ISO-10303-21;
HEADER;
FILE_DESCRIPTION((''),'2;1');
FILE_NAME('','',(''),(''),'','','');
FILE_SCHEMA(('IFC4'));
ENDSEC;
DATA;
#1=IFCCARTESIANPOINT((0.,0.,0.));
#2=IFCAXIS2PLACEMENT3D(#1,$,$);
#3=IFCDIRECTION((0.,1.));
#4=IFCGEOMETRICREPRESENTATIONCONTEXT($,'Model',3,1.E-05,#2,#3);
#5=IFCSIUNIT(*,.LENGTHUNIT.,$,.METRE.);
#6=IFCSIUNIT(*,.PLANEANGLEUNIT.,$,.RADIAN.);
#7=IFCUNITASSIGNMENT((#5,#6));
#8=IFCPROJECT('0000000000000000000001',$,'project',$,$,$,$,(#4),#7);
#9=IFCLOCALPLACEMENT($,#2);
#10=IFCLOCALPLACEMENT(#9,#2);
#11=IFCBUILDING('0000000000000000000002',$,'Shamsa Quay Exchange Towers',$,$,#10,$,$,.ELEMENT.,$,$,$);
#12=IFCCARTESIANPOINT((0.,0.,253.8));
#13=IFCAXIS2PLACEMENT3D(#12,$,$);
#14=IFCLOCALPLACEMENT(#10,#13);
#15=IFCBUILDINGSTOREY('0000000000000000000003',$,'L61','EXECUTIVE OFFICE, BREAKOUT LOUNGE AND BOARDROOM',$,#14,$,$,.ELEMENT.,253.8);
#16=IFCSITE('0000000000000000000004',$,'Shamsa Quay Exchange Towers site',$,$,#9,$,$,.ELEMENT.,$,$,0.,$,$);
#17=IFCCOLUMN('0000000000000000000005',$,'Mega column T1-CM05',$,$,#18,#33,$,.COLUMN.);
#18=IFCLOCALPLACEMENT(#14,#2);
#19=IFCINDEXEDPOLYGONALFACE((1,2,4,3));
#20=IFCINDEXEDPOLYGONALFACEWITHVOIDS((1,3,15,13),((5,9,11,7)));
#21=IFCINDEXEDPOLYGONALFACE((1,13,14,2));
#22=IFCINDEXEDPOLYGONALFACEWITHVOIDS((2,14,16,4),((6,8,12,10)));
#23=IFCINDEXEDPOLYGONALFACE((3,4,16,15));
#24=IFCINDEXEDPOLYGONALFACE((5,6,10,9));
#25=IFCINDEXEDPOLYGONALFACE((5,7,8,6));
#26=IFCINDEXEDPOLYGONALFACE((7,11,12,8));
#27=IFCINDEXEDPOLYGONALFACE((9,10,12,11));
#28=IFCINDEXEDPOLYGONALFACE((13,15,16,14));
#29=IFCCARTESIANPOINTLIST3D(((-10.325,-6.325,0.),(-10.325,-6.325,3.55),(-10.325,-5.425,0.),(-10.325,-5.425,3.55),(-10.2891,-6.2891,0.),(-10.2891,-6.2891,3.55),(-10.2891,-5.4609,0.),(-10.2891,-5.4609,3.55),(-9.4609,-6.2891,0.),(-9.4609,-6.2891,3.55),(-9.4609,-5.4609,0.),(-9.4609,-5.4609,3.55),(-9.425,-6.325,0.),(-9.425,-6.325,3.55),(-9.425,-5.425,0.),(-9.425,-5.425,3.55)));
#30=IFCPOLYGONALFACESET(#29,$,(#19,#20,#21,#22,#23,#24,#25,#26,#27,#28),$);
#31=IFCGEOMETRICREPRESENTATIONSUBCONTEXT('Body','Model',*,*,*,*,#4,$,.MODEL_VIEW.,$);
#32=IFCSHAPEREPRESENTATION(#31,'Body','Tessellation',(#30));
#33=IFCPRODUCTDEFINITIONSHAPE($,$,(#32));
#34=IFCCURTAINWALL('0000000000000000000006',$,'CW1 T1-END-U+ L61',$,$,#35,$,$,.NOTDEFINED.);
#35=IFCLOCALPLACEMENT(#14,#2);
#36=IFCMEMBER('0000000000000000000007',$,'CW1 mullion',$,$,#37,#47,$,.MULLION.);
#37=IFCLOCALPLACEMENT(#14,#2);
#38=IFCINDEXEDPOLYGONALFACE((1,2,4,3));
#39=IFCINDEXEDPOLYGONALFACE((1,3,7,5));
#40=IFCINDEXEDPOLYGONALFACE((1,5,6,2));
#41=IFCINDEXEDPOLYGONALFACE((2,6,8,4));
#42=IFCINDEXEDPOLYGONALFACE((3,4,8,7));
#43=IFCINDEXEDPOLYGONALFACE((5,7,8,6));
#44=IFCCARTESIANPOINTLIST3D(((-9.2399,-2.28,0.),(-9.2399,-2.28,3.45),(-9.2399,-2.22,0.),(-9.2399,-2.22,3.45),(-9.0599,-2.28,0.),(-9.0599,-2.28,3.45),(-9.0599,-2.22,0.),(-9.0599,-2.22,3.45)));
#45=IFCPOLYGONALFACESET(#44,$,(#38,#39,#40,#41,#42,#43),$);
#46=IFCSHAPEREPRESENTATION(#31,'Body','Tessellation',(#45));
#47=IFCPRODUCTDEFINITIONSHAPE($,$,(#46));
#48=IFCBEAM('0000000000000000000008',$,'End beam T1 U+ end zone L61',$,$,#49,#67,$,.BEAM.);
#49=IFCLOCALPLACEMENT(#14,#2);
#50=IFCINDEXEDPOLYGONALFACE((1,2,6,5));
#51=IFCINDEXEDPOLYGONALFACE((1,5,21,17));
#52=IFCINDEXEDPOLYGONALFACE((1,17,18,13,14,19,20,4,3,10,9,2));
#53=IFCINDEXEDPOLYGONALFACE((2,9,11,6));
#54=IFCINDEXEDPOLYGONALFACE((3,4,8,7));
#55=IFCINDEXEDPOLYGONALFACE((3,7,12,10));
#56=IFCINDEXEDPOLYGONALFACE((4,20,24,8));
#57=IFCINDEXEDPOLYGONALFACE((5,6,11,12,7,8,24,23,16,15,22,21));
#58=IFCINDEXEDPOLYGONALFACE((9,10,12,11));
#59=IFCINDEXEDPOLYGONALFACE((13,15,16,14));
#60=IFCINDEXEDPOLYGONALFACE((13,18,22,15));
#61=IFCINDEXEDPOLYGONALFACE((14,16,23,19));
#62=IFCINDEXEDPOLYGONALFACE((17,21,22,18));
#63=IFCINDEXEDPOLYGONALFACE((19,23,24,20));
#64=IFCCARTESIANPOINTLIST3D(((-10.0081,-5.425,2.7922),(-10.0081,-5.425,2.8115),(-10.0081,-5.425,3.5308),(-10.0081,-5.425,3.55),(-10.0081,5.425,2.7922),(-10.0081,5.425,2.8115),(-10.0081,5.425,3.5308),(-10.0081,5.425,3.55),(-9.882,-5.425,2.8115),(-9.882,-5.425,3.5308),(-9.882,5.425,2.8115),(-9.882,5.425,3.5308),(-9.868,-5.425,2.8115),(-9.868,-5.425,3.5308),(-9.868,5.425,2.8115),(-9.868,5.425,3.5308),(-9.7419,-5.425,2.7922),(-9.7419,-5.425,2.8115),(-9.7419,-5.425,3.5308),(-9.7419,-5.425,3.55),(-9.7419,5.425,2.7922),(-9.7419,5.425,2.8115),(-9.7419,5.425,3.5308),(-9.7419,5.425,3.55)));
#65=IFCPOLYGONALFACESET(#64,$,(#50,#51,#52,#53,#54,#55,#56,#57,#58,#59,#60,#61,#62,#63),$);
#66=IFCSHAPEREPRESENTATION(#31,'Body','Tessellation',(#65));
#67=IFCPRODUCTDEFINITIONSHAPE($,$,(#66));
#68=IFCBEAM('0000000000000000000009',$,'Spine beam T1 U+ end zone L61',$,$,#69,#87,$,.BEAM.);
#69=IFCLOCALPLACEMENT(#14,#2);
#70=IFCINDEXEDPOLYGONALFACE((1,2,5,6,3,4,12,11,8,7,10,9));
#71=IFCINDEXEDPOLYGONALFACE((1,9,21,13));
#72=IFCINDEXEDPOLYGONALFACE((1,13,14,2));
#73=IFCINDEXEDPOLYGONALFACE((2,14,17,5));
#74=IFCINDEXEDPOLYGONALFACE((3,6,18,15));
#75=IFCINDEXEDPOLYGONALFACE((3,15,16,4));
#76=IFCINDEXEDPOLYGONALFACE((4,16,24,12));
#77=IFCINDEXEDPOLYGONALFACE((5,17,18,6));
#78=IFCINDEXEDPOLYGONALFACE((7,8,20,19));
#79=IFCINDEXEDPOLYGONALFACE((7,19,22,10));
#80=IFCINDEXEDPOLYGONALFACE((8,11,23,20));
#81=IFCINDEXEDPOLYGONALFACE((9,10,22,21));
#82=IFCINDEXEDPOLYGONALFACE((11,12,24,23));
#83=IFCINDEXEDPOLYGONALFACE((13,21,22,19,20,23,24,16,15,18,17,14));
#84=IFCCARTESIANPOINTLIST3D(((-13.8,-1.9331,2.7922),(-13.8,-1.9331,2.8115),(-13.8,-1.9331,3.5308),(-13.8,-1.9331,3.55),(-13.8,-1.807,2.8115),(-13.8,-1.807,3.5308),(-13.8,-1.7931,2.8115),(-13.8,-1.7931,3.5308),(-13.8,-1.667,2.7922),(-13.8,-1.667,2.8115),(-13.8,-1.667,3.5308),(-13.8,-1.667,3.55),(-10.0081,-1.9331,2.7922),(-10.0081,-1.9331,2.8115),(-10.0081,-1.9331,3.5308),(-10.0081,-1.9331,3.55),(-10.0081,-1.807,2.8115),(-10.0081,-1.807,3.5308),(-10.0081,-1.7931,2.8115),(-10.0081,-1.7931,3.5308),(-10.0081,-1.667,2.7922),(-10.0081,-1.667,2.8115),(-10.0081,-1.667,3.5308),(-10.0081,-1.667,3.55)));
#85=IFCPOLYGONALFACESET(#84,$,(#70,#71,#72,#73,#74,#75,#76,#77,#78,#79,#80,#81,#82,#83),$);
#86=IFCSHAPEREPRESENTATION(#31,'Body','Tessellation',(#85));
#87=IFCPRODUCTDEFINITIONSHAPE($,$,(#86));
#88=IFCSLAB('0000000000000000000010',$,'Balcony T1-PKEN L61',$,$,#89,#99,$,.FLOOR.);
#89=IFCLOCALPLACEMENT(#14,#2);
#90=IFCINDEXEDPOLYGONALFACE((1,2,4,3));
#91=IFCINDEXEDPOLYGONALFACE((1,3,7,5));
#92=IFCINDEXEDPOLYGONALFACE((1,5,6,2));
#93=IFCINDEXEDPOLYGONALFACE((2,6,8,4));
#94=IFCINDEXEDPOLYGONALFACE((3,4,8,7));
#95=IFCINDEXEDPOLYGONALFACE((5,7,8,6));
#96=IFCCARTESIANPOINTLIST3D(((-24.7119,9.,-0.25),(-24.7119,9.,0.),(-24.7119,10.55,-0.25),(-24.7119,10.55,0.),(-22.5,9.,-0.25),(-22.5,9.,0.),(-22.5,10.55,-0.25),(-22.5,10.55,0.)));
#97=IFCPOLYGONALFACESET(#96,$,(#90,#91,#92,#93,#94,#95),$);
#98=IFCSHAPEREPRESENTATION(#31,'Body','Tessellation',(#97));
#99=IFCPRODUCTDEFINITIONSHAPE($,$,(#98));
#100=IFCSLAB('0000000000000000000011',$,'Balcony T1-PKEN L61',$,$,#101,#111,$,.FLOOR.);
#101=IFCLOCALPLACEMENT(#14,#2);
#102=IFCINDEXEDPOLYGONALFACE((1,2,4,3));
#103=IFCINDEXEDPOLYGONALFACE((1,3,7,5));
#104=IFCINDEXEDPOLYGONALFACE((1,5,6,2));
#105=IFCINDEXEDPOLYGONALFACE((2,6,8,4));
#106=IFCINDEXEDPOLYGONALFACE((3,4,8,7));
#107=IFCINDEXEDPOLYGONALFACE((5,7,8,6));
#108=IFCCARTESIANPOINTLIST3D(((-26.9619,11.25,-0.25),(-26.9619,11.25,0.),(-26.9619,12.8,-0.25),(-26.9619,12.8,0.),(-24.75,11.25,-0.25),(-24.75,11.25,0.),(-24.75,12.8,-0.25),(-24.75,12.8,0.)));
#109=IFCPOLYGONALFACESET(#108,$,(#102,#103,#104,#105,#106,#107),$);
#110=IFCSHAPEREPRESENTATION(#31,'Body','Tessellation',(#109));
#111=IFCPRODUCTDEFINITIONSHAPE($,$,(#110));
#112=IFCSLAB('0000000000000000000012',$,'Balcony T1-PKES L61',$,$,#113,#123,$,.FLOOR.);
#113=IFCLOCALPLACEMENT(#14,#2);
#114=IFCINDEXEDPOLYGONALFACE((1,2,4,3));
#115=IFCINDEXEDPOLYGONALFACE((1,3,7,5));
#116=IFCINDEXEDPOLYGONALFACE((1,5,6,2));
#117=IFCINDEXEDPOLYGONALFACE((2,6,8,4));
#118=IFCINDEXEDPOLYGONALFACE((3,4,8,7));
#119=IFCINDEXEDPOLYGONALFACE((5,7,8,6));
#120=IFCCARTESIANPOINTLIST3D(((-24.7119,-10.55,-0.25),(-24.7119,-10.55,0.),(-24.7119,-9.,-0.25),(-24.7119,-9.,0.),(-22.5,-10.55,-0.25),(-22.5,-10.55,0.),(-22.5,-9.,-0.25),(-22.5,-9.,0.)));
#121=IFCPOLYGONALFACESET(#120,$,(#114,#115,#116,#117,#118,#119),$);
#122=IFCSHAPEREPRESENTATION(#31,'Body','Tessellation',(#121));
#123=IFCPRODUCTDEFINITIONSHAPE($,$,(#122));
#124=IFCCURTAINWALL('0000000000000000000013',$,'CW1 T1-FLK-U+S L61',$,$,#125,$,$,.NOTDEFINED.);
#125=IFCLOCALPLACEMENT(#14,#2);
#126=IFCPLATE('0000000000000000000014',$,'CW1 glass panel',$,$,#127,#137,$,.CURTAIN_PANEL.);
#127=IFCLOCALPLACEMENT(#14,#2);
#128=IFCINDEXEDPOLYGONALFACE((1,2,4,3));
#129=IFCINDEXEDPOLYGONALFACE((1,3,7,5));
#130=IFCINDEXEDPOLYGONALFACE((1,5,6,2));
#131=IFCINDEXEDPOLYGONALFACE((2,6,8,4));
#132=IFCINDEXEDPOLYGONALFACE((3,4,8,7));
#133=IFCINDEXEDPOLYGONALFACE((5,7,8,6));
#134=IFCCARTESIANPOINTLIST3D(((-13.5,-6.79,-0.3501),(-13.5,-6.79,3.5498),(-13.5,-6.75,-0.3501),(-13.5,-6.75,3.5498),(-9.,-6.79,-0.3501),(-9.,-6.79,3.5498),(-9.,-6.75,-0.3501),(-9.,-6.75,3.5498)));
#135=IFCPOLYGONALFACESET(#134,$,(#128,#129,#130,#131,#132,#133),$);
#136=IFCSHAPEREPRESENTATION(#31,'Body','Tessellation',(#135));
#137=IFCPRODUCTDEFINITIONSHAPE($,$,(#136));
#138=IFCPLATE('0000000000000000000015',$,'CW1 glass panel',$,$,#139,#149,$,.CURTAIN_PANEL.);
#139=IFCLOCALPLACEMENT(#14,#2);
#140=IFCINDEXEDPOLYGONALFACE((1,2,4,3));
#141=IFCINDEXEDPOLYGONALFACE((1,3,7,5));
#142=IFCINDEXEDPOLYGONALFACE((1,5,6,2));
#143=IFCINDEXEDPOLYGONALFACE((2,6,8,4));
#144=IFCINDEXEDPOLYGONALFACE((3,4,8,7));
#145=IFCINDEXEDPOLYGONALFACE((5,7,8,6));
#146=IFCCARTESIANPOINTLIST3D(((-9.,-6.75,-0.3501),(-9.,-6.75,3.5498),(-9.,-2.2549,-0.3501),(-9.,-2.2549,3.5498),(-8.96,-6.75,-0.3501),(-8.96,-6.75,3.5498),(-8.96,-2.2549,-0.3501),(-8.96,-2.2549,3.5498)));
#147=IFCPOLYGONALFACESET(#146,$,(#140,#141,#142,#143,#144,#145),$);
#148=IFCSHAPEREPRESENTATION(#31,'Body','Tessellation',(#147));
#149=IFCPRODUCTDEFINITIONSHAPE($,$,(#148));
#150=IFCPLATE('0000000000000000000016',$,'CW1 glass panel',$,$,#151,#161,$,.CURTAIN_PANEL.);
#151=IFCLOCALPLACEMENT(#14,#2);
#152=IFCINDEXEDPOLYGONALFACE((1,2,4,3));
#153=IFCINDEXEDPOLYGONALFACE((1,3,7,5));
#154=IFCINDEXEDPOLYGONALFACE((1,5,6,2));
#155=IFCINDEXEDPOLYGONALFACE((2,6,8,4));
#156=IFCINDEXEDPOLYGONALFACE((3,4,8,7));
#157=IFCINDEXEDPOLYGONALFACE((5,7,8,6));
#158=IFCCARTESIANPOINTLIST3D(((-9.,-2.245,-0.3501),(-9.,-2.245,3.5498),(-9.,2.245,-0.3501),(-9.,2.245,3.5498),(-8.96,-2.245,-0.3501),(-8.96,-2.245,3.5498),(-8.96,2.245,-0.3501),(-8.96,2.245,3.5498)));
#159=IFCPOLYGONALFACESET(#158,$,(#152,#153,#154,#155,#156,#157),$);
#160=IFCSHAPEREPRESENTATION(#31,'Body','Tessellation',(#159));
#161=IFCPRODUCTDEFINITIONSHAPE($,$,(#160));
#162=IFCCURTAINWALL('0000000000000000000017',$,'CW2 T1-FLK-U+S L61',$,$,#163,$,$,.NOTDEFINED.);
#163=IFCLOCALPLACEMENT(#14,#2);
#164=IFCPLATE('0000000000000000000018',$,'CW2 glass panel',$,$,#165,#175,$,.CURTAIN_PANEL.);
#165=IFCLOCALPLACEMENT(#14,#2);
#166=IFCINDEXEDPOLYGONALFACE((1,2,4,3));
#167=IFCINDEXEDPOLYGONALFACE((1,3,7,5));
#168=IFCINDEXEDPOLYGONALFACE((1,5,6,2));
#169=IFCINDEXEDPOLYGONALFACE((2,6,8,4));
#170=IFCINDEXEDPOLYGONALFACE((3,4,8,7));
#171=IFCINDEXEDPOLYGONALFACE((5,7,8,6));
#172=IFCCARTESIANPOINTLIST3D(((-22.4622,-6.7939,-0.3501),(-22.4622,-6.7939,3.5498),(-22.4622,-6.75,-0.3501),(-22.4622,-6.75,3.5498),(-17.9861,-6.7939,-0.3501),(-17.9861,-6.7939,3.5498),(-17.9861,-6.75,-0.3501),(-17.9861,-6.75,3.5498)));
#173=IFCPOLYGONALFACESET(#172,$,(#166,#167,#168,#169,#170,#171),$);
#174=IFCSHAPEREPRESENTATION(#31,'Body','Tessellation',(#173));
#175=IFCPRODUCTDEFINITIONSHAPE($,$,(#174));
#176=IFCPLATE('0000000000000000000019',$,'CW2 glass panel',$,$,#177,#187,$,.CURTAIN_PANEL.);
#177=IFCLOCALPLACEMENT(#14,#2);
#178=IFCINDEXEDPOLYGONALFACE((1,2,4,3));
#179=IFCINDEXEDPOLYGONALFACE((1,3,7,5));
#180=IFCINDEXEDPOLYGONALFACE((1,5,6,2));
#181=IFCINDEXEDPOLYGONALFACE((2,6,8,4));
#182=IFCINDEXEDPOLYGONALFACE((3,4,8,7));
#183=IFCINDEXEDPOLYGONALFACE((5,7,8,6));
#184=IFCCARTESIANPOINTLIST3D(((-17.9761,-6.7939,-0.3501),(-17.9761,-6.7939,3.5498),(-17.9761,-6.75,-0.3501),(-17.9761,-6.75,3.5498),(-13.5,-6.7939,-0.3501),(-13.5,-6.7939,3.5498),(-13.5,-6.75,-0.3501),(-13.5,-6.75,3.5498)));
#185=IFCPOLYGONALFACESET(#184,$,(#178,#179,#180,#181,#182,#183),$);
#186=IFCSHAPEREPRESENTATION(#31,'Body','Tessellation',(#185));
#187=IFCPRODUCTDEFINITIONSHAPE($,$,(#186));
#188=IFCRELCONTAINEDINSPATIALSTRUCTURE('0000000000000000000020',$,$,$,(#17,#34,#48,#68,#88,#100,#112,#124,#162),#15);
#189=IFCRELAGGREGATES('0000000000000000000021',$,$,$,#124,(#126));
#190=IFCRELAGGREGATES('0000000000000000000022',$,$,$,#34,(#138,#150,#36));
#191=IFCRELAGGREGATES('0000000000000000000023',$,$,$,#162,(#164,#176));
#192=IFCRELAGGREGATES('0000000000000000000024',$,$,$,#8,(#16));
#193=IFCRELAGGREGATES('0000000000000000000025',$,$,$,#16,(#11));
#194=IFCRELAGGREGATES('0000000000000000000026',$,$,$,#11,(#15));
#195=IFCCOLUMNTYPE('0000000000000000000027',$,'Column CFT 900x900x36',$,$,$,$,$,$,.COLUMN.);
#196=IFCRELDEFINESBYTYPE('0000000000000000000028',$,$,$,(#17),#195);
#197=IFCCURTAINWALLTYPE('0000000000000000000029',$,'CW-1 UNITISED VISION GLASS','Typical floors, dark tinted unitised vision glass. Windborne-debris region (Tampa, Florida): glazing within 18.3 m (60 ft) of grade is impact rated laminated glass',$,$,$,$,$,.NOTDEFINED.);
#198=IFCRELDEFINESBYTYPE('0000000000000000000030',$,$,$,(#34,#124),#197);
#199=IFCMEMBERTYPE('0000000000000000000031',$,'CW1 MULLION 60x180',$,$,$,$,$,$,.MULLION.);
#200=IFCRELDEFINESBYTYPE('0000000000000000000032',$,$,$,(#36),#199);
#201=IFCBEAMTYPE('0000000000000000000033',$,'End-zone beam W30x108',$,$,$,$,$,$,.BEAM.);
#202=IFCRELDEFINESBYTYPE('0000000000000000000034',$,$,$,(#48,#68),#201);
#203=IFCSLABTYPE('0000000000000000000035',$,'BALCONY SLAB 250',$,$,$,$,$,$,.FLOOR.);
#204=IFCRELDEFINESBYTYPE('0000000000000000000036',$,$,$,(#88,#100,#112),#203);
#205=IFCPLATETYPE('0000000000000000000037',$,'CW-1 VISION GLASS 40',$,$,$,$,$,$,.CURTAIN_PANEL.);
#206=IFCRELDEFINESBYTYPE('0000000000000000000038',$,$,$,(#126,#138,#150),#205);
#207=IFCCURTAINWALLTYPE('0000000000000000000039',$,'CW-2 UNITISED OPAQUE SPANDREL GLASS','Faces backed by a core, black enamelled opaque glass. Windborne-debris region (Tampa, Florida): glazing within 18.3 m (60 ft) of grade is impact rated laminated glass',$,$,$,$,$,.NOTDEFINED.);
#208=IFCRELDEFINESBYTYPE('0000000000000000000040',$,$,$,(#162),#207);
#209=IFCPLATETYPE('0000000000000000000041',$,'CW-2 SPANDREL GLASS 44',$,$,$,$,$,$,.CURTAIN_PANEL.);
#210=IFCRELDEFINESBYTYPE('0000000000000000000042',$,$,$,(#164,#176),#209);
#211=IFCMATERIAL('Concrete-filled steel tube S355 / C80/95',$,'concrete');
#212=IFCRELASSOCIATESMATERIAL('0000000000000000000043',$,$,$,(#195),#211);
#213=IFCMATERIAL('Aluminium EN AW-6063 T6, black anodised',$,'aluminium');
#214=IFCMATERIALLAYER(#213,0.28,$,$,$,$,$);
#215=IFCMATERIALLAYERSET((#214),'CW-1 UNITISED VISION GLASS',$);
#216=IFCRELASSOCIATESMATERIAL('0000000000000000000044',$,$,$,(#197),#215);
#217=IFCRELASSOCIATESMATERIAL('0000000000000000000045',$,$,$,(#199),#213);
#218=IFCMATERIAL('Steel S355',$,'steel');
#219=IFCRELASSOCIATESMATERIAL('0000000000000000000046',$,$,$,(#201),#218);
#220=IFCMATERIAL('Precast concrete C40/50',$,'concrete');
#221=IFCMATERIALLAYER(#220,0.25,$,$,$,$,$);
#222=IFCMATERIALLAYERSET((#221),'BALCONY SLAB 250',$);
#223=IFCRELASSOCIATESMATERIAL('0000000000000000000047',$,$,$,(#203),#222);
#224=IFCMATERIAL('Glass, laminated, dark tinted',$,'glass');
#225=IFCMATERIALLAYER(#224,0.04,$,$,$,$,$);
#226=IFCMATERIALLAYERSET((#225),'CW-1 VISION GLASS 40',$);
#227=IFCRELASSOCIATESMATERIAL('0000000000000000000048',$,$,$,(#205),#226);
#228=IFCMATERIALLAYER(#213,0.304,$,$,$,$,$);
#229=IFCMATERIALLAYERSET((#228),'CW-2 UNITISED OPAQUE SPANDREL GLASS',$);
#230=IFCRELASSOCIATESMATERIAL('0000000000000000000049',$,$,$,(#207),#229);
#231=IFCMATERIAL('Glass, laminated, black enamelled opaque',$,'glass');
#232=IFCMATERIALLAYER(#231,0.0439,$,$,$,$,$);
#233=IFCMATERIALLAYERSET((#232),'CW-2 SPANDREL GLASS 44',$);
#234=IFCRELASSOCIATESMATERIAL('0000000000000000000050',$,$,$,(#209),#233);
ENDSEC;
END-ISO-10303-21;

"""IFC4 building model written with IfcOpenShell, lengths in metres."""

from ifc_helpers import new_model, si_unit, direction, frame, origin, origin_2d, place, context, subcontext, project, spatial, polyline, rectangle, hollow_rectangle, i_section, outline, extrude, material, layer, layer_set, material_profile, profile_set, type_object, element, aggregate, save


model = new_model("IFC4")

# Units and contexts
model_context = context("Model", 3, precision=1e-05, world=origin(), true_north=direction((0.0, 1.0)))
body_context = subcontext(model_context, "Body", "Model", "MODEL_VIEW")
ifc_project = project(units=[si_unit("LENGTHUNIT", "METRE"), si_unit("PLANEANGLEUNIT", "RADIAN")], contexts=[model_context])

# Site, building, storey
site_placement = place(None, origin())
site = spatial("IfcSite", under=ifc_project, at=site_placement, Name="Shamsa Quay Exchange Towers site", CompositionType="ELEMENT", RefElevation=0.0)
building_placement = place(site_placement, origin())
building = spatial("IfcBuilding", under=site, at=building_placement, Name="Shamsa Quay Exchange Towers", CompositionType="ELEMENT")
storey_placement = place(building_placement, frame((0.0, 0.0, 253.8)))
storey = spatial("IfcBuildingStorey", under=building, at=storey_placement, Name="L61", Description="EXECUTIVE OFFICE, BREAKOUT LOUNGE AND BOARDROOM", CompositionType="ELEMENT", Elevation=253.8)

# Column
ifc_material_1 = material(Name="Concrete-filled steel tube S355 / C80/95", Category="concrete")
ifc_material_profile_1 = material_profile(ifc_material_1, hollow_rectangle(XDim=0.8999, YDim=0.8999, WallThickness=0.0359, at=origin_2d()), Name="CFT 900x900x36")
ifc_profile_set_1 = profile_set([ifc_material_profile_1], Name="Concrete-filled steel tube S355 / C80/95")
column_type = type_object("IfcColumnType", Name="Column CFT 900x900x36", PredefinedType="COLUMN", material=ifc_profile_set_1)
column_placement = place(storey_placement, frame((-9.875, -5.875, 0.0)))
element("IfcColumn", 1, at=column_placement, inside=storey, type_object=column_type, Name="Mega column T1-CM05", PredefinedType="COLUMN", context=body_context, shape_type="SweptSolid", body=[
    extrude(hollow_rectangle(XDim=0.8999, YDim=0.8999, WallThickness=0.0359, at=origin_2d()), origin(), (0.0, 0.0, 1.0), 3.55),
])

# Curtain wall, member
ifc_material_2 = material(Name="Aluminium EN AW-6063 T6, black anodised", Category="aluminium")
ifc_layer_1 = layer(ifc_material_2, 0.28)
ifc_layer_set_1 = layer_set([ifc_layer_1], Name="CW-1 UNITISED VISION GLASS")
curtain_wall_type_1 = type_object("IfcCurtainWallType", Name="CW-1 UNITISED VISION GLASS", Description="Typical floors, dark tinted unitised vision glass. Windborne-debris region (Tampa, Florida): glazing within 18.3 m (60 ft) of grade is impact rated laminated glass", PredefinedType="NOTDEFINED", material=ifc_layer_set_1)
curtain_wall_1_placement = place(storey_placement, origin())
curtain_wall_1 = element("IfcCurtainWall", 2, at=curtain_wall_1_placement, inside=storey, type_object=curtain_wall_type_1, Name="CW1 T1-END-U+ L61", PredefinedType="NOTDEFINED")
ifc_material_profile_2 = material_profile(ifc_material_2, rectangle(XDim=0.1799, YDim=0.0601, at=origin_2d()), Name="MU60x180")
ifc_profile_set_2 = profile_set([ifc_material_profile_2], Name="Aluminium EN AW-6063 T6, black anodised")
member_type = type_object("IfcMemberType", Name="CW1 MULLION 60x180", PredefinedType="MULLION", material=ifc_profile_set_2)
member_placement = place(storey_placement, frame((-9.1499, -2.25, 0.0), z_axis=(0.0, 0.0, 1.0), x_axis=(-1.0, 0.0, 0.0)))
member = element("IfcMember", 3, at=member_placement, type_object=member_type, Name="CW1 mullion", PredefinedType="MULLION", context=body_context, shape_type="SweptSolid", body=[
    extrude(rectangle(XDim=0.1799, YDim=0.0601, at=origin_2d()), origin(), (0.0, 0.0, 1.0), 3.45),
])

# Beams
ifc_material_3 = material(Name="Steel S355", Category="steel")
ifc_material_profile_3 = material_profile(ifc_material_3, i_section(OverallWidth=0.2661, OverallDepth=0.7578, WebThickness=0.0139, FlangeThickness=0.0193, at=origin_2d()), Name="W30x108")
ifc_profile_set_3 = profile_set([ifc_material_profile_3], Name="Steel S355")
beam_type = type_object("IfcBeamType", Name="End-zone beam W30x108", PredefinedType="BEAM", material=ifc_profile_set_3)
beam_1_placement = place(storey_placement, frame((-9.875, -5.425, 3.1711), z_axis=(0.0, 1.0, 0.0), x_axis=(-1.0, 0.0, 0.0)))
element("IfcBeam", 4, at=beam_1_placement, inside=storey, type_object=beam_type, Name="End beam T1 U+ end zone L61", PredefinedType="BEAM", context=body_context, shape_type="SweptSolid", body=[
    extrude(i_section(OverallWidth=0.2661, OverallDepth=0.7578, WebThickness=0.0139, FlangeThickness=0.0193, at=origin_2d()), origin(), (0.0, 0.0, 1.0), 10.8501),
])
beam_2_placement = place(storey_placement, frame((-13.8, -1.8, 3.1711), z_axis=(1.0, 0.0, 0.0), x_axis=(0.0, 1.0, 0.0)))
element("IfcBeam", 5, at=beam_2_placement, inside=storey, type_object=beam_type, Name="Spine beam T1 U+ end zone L61", PredefinedType="BEAM", context=body_context, shape_type="SweptSolid", body=[
    extrude(i_section(OverallWidth=0.2661, OverallDepth=0.7578, WebThickness=0.0139, FlangeThickness=0.0193, at=origin_2d()), origin(), (0.0, 0.0, 1.0), 3.792),
])

# Slabs
ifc_material_4 = material(Name="Precast concrete C40/50", Category="concrete")
ifc_layer_2 = layer(ifc_material_4, 0.25)
ifc_layer_set_2 = layer_set([ifc_layer_2], Name="BALCONY SLAB 250")
slab_type_1 = type_object("IfcSlabType", Name="BALCONY SLAB 250", PredefinedType="FLOOR", material=ifc_layer_set_2)
slab_1_placement = place(storey_placement, frame((0.0, 0.0, -0.25)))
element("IfcSlab", 6, at=slab_1_placement, inside=storey, type_object=slab_type_1, Name="Balcony T1-PKEN L61", PredefinedType="FLOOR", context=body_context, shape_type="SweptSolid", body=[
    extrude(outline(polyline([(-22.5, 9.0), (-24.7119, 9.0), (-24.7119, 10.55), (-22.5, 10.55), (-22.5, 9.0)])), origin(), (0.0, 0.0, 1.0), 0.25),
])
slab_2_placement = place(storey_placement, frame((0.0, 0.0, -0.25)))
element("IfcSlab", 7, at=slab_2_placement, inside=storey, type_object=slab_type_1, Name="Balcony T1-PKEN L61", PredefinedType="FLOOR", context=body_context, shape_type="SweptSolid", body=[
    extrude(outline(polyline([(-24.75, 11.25), (-26.9619, 11.25), (-26.9619, 12.8), (-24.75, 12.8), (-24.75, 11.25)])), origin(), (0.0, 0.0, 1.0), 0.25),
])
slab_3_placement = place(storey_placement, frame((0.0, 0.0, -0.25)))
element("IfcSlab", 8, at=slab_3_placement, inside=storey, type_object=slab_type_1, Name="Balcony T1-PKES L61", PredefinedType="FLOOR", context=body_context, shape_type="SweptSolid", body=[
    extrude(outline(polyline([(-24.7119, -9.0), (-22.5, -9.0), (-22.5, -10.55), (-24.7119, -10.55), (-24.7119, -9.0)])), origin(), (0.0, 0.0, 1.0), 0.25),
])

# Curtain wall, plate
curtain_wall_2_placement = place(storey_placement, origin())
curtain_wall_2 = element("IfcCurtainWall", 9, at=curtain_wall_2_placement, inside=storey, type_object=curtain_wall_type_1, Name="CW1 T1-FLK-U+S L61", PredefinedType="NOTDEFINED")
ifc_material_5 = material(Name="Glass, laminated, dark tinted", Category="glass")
ifc_layer_3 = layer(ifc_material_5, 0.04)
ifc_layer_set_3 = layer_set([ifc_layer_3], Name="CW-1 VISION GLASS 40")
plate_type_1 = type_object("IfcPlateType", Name="CW-1 VISION GLASS 40", PredefinedType="CURTAIN_PANEL", material=ifc_layer_set_3)
plate_1_placement = place(storey_placement, frame((-11.25, -6.77, -0.3501)))
plate_1 = element("IfcPlate", 10, at=plate_1_placement, type_object=plate_type_1, Name="CW1 glass panel", PredefinedType="CURTAIN_PANEL", context=body_context, shape_type="SweptSolid", body=[
    extrude(rectangle(XDim=4.5, YDim=0.04, at=origin_2d()), origin(), (0.0, 0.0, 1.0), 3.8999),
])
aggregate(curtain_wall_2, [plate_1])

# Plates
plate_2_placement = place(storey_placement, frame((-8.98, -4.5024, -0.3501), z_axis=(0.0, 0.0, 1.0), x_axis=(0.0, 1.0, 0.0)))
plate_2 = element("IfcPlate", 11, at=plate_2_placement, type_object=plate_type_1, Name="CW1 glass panel", PredefinedType="CURTAIN_PANEL", context=body_context, shape_type="SweptSolid", body=[
    extrude(rectangle(XDim=4.4951, YDim=0.04, at=origin_2d()), origin(), (0.0, 0.0, 1.0), 3.8999),
])
plate_3_placement = place(storey_placement, frame((-8.98, 0.0, -0.3501), z_axis=(0.0, 0.0, 1.0), x_axis=(0.0, 1.0, 0.0)))
plate_3 = element("IfcPlate", 12, at=plate_3_placement, type_object=plate_type_1, Name="CW1 glass panel", PredefinedType="CURTAIN_PANEL", context=body_context, shape_type="SweptSolid", body=[
    extrude(rectangle(XDim=4.49, YDim=0.04, at=origin_2d()), origin(), (0.0, 0.0, 1.0), 3.8999),
])
aggregate(curtain_wall_1, [plate_2, plate_3, member])

# Curtain wall, plates
ifc_layer_4 = layer(ifc_material_2, 0.304)
ifc_layer_set_4 = layer_set([ifc_layer_4], Name="CW-2 UNITISED OPAQUE SPANDREL GLASS")
curtain_wall_type_2 = type_object("IfcCurtainWallType", Name="CW-2 UNITISED OPAQUE SPANDREL GLASS", Description="Faces backed by a core, black enamelled opaque glass. Windborne-debris region (Tampa, Florida): glazing within 18.3 m (60 ft) of grade is impact rated laminated glass", PredefinedType="NOTDEFINED", material=ifc_layer_set_4)
curtain_wall_3_placement = place(storey_placement, origin())
curtain_wall_3 = element("IfcCurtainWall", 13, at=curtain_wall_3_placement, inside=storey, type_object=curtain_wall_type_2, Name="CW2 T1-FLK-U+S L61", PredefinedType="NOTDEFINED")
ifc_material_6 = material(Name="Glass, laminated, black enamelled opaque", Category="glass")
ifc_layer_5 = layer(ifc_material_6, 0.0439)
ifc_layer_set_5 = layer_set([ifc_layer_5], Name="CW-2 SPANDREL GLASS 44")
plate_type_2 = type_object("IfcPlateType", Name="CW-2 SPANDREL GLASS 44", PredefinedType="CURTAIN_PANEL", material=ifc_layer_set_5)
plate_4_placement = place(storey_placement, frame((-20.2241, -6.772, -0.3501)))
plate_4 = element("IfcPlate", 14, at=plate_4_placement, type_object=plate_type_2, Name="CW2 glass panel", PredefinedType="CURTAIN_PANEL", context=body_context, shape_type="SweptSolid", body=[
    extrude(rectangle(XDim=4.4761, YDim=0.0439, at=origin_2d()), origin(), (0.0, 0.0, 1.0), 3.8999),
])
plate_5_placement = place(storey_placement, frame((-15.738, -6.772, -0.3501)))
plate_5 = element("IfcPlate", 15, at=plate_5_placement, type_object=plate_type_2, Name="CW2 glass panel", PredefinedType="CURTAIN_PANEL", context=body_context, shape_type="SweptSolid", body=[
    extrude(rectangle(XDim=4.4761, YDim=0.0439, at=origin_2d()), origin(), (0.0, 0.0, 1.0), 3.8999),
])
aggregate(curtain_wall_3, [plate_4, plate_5])

save(model, "model.ifc")
